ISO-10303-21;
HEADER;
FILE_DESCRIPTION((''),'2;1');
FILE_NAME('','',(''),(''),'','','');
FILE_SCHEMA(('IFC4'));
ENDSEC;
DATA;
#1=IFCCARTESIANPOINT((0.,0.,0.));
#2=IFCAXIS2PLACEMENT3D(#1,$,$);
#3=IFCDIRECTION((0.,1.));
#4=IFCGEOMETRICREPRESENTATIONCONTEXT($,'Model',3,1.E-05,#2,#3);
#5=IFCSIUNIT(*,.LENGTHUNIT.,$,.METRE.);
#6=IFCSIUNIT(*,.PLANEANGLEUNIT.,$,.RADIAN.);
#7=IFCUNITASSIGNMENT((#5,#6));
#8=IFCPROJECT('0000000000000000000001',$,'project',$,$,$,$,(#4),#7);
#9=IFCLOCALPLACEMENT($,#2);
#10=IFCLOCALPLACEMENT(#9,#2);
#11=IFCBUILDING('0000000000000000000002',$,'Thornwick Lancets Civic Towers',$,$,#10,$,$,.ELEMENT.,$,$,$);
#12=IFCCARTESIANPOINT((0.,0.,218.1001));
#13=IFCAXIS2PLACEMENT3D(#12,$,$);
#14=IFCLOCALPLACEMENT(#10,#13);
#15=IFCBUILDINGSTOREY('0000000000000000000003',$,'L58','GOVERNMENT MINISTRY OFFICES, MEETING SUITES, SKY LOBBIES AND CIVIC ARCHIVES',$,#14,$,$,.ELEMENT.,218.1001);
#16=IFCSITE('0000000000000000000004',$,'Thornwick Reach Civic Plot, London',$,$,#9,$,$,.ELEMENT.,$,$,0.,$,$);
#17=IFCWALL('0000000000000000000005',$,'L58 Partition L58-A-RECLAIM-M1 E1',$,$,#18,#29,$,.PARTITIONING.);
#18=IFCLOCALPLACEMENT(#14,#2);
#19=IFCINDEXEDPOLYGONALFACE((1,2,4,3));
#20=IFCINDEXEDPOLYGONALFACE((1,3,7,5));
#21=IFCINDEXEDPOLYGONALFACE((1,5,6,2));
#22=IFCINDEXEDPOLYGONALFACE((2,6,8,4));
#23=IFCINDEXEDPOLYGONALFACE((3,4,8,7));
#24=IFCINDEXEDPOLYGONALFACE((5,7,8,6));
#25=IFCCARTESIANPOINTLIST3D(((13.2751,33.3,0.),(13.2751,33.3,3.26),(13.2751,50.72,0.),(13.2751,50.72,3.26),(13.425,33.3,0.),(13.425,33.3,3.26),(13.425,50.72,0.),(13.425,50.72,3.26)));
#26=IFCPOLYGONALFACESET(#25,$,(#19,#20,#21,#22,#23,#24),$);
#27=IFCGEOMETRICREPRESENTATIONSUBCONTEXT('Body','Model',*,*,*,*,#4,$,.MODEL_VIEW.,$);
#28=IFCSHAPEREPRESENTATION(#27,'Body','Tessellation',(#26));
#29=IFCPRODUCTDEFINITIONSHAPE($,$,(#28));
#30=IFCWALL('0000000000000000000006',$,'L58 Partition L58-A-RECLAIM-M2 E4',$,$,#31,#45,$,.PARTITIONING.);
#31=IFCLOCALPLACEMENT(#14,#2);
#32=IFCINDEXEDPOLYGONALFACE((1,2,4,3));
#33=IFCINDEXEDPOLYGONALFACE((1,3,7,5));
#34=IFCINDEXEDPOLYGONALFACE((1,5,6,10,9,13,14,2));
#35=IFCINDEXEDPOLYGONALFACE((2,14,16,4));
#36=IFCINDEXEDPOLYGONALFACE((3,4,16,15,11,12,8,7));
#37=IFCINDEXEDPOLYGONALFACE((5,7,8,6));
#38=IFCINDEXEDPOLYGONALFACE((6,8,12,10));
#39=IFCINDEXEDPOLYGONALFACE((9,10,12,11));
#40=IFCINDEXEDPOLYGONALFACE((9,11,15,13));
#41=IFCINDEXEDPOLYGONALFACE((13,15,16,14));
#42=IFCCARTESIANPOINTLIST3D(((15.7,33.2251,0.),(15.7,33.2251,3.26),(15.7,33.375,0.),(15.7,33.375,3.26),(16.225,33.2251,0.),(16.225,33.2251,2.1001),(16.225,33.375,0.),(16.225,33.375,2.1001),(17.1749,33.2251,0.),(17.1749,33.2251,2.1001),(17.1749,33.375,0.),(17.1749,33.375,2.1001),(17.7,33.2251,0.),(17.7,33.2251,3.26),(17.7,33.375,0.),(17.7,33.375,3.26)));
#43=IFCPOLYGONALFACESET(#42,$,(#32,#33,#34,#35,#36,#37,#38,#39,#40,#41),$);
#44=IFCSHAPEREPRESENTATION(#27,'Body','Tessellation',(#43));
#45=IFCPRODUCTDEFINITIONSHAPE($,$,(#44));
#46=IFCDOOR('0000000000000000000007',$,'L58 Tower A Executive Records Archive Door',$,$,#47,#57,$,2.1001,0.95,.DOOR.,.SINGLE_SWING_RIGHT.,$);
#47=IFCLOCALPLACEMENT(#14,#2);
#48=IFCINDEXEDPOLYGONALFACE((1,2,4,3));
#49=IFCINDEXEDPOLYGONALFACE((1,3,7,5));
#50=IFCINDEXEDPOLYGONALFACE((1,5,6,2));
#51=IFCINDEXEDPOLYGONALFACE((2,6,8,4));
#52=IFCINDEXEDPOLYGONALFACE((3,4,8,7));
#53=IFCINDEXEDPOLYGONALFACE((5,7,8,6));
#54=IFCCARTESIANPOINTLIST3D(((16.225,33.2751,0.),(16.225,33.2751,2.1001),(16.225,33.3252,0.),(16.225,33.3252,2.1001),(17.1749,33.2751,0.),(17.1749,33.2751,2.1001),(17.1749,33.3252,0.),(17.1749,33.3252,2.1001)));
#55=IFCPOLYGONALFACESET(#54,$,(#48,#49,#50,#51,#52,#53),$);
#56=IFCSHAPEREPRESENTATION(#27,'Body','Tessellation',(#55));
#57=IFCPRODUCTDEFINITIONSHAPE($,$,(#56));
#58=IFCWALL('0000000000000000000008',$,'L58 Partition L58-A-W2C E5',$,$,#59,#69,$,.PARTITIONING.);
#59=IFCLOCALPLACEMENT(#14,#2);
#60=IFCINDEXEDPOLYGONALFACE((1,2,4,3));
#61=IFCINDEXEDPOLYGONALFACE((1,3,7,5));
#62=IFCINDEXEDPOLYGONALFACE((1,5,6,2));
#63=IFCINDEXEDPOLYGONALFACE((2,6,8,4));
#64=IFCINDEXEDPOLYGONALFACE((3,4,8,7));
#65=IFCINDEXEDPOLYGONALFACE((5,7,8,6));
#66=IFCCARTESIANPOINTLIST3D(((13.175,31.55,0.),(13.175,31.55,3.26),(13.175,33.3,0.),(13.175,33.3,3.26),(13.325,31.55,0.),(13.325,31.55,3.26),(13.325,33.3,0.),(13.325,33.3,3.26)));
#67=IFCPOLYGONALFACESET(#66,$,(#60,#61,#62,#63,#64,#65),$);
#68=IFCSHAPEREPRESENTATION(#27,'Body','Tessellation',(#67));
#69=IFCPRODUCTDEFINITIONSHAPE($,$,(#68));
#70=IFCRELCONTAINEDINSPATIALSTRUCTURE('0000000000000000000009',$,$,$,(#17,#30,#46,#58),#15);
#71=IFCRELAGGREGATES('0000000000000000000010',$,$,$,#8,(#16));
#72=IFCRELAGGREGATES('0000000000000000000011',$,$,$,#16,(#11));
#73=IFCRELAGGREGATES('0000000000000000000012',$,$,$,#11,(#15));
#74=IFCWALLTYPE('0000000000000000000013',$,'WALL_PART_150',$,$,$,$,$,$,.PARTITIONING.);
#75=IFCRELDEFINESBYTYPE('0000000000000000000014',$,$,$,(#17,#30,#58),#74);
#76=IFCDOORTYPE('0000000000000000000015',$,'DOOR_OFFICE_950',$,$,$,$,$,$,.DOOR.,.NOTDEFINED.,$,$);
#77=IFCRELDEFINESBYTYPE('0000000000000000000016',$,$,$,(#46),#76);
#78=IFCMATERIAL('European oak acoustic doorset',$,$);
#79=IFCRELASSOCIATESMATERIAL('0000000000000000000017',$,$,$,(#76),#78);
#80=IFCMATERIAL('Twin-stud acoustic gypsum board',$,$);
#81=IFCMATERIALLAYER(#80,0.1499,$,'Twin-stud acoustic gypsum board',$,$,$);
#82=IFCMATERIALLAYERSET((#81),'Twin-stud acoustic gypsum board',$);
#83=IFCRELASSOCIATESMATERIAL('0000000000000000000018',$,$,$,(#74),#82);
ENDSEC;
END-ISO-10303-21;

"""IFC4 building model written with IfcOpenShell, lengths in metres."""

from ifc_helpers import new_model, si_unit, direction, frame, frame_2d, origin, place, context, subcontext, project, spatial, rectangle, extrude, material, layer, layer_set, type_object, element, fill, save


model = new_model("IFC4")

# Units and contexts
model_context = context("Model", 3, precision=1e-05, world=origin(), true_north=direction((0.0, 1.0)))
body_context = subcontext(model_context, "Body", "Model", "MODEL_VIEW")
ifc_project = project(units=[si_unit("LENGTHUNIT", "METRE"), si_unit("PLANEANGLEUNIT", "RADIAN")], contexts=[model_context])

# Site, building, storey
site_placement = place(None, origin())
site = spatial("IfcSite", under=ifc_project, at=site_placement, Name="Thornwick Reach Civic Plot, London", CompositionType="ELEMENT", RefElevation=0.0)
building_placement = place(site_placement, origin())
building = spatial("IfcBuilding", under=site, at=building_placement, Name="Thornwick Lancets Civic Towers", CompositionType="ELEMENT")
storey_placement = place(building_placement, frame((0.0, 0.0, 218.1001)))
storey = spatial("IfcBuildingStorey", under=building, at=storey_placement, Name="L58", Description="GOVERNMENT MINISTRY OFFICES, MEETING SUITES, SKY LOBBIES AND CIVIC ARCHIVES", CompositionType="ELEMENT", Elevation=218.1001)

# Shared definitions
ifc_material_1 = material(Name="European oak acoustic doorset")
door_type_1 = type_object("IfcDoorType", Name="DOOR_OFFICE_950", OperationType="NOTDEFINED", PredefinedType="DOOR", material=ifc_material_1)

# Shared definitions
ifc_material_2 = material(Name="Twin-stud acoustic gypsum board")
ifc_layer_1 = layer(ifc_material_2, 0.1499, Name="Twin-stud acoustic gypsum board")
ifc_layer_set_1 = layer_set([ifc_layer_1], Name="Twin-stud acoustic gypsum board")
wall_type_1 = type_object("IfcWallType", Name="WALL_PART_150", PredefinedType="PARTITIONING", material=ifc_layer_set_1)

# Wall
wall_1_placement = place(storey_placement, frame((13.3501, 33.3, 0.0), z_axis=(0.0, 0.0, 1.0), x_axis=(0.0, 1.0, 0.0)))
element("IfcWall", 1, at=wall_1_placement, inside=storey, type_object=wall_type_1, Name="L58 Partition L58-A-RECLAIM-M1 E1", PredefinedType="PARTITIONING", context=body_context, shape_type="SweptSolid", body=[
    extrude(rectangle(XDim=17.4199, YDim=0.1499, at=frame_2d((8.71, 0.0))), origin(), (0.0, 0.0, 1.0), 3.26),
])

# Wall, opening, door
wall_2_placement = place(storey_placement, frame((17.7, 33.3, 0.0), z_axis=(0.0, 0.0, 1.0), x_axis=(-1.0, 0.0, 0.0)))
wall_2 = element("IfcWall", 2, at=wall_2_placement, inside=storey, type_object=wall_type_1, Name="L58 Partition L58-A-RECLAIM-M2 E4", PredefinedType="PARTITIONING", context=body_context, shape_type="SweptSolid", body=[
    extrude(rectangle(XDim=2.0, YDim=0.1499, at=frame_2d((1.0, 0.0))), origin(), (0.0, 0.0, 1.0), 3.26),
])
opening_1_placement = place(wall_2_placement, frame((0.5249, 0.0, 0.0)))
opening_1 = element("IfcOpeningElement", 3, at=opening_1_placement, cuts=wall_2, PredefinedType="OPENING", context=body_context, shape_type="SweptSolid", body=[
    extrude(rectangle(XDim=0.95, YDim=2.1001, at=frame_2d((0.4751, 1.05))), frame((0.0, 0.085, 0.0), z_axis=(0.0, -1.0, 0.0), x_axis=(1.0, 0.0, 0.0)), (0.0, 0.0, 1.0), 0.1699),
])
door_1_placement = place(opening_1_placement, origin())
door_1 = element("IfcDoor", 4, at=door_1_placement, inside=storey, type_object=door_type_1, Name="L58 Tower A Executive Records Archive Door", OperationType="SINGLE_SWING_RIGHT", OverallHeight=2.1001, OverallWidth=0.95, PredefinedType="DOOR", context=body_context, shape_type="SweptSolid", body=[
    extrude(rectangle(XDim=0.95, YDim=2.1001, at=frame_2d((0.4751, 1.05))), frame((0.0, 0.0249, 0.0), z_axis=(0.0, -1.0, 0.0), x_axis=(1.0, 0.0, 0.0)), (0.0, 0.0, 1.0), 0.05),
])
fill(opening_1, door_1)

# Wall
wall_3_placement = place(storey_placement, frame((13.25, 33.3, 0.0), z_axis=(0.0, 0.0, 1.0), x_axis=(0.0, -1.0, 0.0)))
element("IfcWall", 5, at=wall_3_placement, inside=storey, type_object=wall_type_1, Name="L58 Partition L58-A-W2C E5", PredefinedType="PARTITIONING", context=body_context, shape_type="SweptSolid", body=[
    extrude(rectangle(XDim=1.75, YDim=0.1499, at=frame_2d((0.875, 0.0))), origin(), (0.0, 0.0, 1.0), 3.26),
])

save(model, "model.ifc")
